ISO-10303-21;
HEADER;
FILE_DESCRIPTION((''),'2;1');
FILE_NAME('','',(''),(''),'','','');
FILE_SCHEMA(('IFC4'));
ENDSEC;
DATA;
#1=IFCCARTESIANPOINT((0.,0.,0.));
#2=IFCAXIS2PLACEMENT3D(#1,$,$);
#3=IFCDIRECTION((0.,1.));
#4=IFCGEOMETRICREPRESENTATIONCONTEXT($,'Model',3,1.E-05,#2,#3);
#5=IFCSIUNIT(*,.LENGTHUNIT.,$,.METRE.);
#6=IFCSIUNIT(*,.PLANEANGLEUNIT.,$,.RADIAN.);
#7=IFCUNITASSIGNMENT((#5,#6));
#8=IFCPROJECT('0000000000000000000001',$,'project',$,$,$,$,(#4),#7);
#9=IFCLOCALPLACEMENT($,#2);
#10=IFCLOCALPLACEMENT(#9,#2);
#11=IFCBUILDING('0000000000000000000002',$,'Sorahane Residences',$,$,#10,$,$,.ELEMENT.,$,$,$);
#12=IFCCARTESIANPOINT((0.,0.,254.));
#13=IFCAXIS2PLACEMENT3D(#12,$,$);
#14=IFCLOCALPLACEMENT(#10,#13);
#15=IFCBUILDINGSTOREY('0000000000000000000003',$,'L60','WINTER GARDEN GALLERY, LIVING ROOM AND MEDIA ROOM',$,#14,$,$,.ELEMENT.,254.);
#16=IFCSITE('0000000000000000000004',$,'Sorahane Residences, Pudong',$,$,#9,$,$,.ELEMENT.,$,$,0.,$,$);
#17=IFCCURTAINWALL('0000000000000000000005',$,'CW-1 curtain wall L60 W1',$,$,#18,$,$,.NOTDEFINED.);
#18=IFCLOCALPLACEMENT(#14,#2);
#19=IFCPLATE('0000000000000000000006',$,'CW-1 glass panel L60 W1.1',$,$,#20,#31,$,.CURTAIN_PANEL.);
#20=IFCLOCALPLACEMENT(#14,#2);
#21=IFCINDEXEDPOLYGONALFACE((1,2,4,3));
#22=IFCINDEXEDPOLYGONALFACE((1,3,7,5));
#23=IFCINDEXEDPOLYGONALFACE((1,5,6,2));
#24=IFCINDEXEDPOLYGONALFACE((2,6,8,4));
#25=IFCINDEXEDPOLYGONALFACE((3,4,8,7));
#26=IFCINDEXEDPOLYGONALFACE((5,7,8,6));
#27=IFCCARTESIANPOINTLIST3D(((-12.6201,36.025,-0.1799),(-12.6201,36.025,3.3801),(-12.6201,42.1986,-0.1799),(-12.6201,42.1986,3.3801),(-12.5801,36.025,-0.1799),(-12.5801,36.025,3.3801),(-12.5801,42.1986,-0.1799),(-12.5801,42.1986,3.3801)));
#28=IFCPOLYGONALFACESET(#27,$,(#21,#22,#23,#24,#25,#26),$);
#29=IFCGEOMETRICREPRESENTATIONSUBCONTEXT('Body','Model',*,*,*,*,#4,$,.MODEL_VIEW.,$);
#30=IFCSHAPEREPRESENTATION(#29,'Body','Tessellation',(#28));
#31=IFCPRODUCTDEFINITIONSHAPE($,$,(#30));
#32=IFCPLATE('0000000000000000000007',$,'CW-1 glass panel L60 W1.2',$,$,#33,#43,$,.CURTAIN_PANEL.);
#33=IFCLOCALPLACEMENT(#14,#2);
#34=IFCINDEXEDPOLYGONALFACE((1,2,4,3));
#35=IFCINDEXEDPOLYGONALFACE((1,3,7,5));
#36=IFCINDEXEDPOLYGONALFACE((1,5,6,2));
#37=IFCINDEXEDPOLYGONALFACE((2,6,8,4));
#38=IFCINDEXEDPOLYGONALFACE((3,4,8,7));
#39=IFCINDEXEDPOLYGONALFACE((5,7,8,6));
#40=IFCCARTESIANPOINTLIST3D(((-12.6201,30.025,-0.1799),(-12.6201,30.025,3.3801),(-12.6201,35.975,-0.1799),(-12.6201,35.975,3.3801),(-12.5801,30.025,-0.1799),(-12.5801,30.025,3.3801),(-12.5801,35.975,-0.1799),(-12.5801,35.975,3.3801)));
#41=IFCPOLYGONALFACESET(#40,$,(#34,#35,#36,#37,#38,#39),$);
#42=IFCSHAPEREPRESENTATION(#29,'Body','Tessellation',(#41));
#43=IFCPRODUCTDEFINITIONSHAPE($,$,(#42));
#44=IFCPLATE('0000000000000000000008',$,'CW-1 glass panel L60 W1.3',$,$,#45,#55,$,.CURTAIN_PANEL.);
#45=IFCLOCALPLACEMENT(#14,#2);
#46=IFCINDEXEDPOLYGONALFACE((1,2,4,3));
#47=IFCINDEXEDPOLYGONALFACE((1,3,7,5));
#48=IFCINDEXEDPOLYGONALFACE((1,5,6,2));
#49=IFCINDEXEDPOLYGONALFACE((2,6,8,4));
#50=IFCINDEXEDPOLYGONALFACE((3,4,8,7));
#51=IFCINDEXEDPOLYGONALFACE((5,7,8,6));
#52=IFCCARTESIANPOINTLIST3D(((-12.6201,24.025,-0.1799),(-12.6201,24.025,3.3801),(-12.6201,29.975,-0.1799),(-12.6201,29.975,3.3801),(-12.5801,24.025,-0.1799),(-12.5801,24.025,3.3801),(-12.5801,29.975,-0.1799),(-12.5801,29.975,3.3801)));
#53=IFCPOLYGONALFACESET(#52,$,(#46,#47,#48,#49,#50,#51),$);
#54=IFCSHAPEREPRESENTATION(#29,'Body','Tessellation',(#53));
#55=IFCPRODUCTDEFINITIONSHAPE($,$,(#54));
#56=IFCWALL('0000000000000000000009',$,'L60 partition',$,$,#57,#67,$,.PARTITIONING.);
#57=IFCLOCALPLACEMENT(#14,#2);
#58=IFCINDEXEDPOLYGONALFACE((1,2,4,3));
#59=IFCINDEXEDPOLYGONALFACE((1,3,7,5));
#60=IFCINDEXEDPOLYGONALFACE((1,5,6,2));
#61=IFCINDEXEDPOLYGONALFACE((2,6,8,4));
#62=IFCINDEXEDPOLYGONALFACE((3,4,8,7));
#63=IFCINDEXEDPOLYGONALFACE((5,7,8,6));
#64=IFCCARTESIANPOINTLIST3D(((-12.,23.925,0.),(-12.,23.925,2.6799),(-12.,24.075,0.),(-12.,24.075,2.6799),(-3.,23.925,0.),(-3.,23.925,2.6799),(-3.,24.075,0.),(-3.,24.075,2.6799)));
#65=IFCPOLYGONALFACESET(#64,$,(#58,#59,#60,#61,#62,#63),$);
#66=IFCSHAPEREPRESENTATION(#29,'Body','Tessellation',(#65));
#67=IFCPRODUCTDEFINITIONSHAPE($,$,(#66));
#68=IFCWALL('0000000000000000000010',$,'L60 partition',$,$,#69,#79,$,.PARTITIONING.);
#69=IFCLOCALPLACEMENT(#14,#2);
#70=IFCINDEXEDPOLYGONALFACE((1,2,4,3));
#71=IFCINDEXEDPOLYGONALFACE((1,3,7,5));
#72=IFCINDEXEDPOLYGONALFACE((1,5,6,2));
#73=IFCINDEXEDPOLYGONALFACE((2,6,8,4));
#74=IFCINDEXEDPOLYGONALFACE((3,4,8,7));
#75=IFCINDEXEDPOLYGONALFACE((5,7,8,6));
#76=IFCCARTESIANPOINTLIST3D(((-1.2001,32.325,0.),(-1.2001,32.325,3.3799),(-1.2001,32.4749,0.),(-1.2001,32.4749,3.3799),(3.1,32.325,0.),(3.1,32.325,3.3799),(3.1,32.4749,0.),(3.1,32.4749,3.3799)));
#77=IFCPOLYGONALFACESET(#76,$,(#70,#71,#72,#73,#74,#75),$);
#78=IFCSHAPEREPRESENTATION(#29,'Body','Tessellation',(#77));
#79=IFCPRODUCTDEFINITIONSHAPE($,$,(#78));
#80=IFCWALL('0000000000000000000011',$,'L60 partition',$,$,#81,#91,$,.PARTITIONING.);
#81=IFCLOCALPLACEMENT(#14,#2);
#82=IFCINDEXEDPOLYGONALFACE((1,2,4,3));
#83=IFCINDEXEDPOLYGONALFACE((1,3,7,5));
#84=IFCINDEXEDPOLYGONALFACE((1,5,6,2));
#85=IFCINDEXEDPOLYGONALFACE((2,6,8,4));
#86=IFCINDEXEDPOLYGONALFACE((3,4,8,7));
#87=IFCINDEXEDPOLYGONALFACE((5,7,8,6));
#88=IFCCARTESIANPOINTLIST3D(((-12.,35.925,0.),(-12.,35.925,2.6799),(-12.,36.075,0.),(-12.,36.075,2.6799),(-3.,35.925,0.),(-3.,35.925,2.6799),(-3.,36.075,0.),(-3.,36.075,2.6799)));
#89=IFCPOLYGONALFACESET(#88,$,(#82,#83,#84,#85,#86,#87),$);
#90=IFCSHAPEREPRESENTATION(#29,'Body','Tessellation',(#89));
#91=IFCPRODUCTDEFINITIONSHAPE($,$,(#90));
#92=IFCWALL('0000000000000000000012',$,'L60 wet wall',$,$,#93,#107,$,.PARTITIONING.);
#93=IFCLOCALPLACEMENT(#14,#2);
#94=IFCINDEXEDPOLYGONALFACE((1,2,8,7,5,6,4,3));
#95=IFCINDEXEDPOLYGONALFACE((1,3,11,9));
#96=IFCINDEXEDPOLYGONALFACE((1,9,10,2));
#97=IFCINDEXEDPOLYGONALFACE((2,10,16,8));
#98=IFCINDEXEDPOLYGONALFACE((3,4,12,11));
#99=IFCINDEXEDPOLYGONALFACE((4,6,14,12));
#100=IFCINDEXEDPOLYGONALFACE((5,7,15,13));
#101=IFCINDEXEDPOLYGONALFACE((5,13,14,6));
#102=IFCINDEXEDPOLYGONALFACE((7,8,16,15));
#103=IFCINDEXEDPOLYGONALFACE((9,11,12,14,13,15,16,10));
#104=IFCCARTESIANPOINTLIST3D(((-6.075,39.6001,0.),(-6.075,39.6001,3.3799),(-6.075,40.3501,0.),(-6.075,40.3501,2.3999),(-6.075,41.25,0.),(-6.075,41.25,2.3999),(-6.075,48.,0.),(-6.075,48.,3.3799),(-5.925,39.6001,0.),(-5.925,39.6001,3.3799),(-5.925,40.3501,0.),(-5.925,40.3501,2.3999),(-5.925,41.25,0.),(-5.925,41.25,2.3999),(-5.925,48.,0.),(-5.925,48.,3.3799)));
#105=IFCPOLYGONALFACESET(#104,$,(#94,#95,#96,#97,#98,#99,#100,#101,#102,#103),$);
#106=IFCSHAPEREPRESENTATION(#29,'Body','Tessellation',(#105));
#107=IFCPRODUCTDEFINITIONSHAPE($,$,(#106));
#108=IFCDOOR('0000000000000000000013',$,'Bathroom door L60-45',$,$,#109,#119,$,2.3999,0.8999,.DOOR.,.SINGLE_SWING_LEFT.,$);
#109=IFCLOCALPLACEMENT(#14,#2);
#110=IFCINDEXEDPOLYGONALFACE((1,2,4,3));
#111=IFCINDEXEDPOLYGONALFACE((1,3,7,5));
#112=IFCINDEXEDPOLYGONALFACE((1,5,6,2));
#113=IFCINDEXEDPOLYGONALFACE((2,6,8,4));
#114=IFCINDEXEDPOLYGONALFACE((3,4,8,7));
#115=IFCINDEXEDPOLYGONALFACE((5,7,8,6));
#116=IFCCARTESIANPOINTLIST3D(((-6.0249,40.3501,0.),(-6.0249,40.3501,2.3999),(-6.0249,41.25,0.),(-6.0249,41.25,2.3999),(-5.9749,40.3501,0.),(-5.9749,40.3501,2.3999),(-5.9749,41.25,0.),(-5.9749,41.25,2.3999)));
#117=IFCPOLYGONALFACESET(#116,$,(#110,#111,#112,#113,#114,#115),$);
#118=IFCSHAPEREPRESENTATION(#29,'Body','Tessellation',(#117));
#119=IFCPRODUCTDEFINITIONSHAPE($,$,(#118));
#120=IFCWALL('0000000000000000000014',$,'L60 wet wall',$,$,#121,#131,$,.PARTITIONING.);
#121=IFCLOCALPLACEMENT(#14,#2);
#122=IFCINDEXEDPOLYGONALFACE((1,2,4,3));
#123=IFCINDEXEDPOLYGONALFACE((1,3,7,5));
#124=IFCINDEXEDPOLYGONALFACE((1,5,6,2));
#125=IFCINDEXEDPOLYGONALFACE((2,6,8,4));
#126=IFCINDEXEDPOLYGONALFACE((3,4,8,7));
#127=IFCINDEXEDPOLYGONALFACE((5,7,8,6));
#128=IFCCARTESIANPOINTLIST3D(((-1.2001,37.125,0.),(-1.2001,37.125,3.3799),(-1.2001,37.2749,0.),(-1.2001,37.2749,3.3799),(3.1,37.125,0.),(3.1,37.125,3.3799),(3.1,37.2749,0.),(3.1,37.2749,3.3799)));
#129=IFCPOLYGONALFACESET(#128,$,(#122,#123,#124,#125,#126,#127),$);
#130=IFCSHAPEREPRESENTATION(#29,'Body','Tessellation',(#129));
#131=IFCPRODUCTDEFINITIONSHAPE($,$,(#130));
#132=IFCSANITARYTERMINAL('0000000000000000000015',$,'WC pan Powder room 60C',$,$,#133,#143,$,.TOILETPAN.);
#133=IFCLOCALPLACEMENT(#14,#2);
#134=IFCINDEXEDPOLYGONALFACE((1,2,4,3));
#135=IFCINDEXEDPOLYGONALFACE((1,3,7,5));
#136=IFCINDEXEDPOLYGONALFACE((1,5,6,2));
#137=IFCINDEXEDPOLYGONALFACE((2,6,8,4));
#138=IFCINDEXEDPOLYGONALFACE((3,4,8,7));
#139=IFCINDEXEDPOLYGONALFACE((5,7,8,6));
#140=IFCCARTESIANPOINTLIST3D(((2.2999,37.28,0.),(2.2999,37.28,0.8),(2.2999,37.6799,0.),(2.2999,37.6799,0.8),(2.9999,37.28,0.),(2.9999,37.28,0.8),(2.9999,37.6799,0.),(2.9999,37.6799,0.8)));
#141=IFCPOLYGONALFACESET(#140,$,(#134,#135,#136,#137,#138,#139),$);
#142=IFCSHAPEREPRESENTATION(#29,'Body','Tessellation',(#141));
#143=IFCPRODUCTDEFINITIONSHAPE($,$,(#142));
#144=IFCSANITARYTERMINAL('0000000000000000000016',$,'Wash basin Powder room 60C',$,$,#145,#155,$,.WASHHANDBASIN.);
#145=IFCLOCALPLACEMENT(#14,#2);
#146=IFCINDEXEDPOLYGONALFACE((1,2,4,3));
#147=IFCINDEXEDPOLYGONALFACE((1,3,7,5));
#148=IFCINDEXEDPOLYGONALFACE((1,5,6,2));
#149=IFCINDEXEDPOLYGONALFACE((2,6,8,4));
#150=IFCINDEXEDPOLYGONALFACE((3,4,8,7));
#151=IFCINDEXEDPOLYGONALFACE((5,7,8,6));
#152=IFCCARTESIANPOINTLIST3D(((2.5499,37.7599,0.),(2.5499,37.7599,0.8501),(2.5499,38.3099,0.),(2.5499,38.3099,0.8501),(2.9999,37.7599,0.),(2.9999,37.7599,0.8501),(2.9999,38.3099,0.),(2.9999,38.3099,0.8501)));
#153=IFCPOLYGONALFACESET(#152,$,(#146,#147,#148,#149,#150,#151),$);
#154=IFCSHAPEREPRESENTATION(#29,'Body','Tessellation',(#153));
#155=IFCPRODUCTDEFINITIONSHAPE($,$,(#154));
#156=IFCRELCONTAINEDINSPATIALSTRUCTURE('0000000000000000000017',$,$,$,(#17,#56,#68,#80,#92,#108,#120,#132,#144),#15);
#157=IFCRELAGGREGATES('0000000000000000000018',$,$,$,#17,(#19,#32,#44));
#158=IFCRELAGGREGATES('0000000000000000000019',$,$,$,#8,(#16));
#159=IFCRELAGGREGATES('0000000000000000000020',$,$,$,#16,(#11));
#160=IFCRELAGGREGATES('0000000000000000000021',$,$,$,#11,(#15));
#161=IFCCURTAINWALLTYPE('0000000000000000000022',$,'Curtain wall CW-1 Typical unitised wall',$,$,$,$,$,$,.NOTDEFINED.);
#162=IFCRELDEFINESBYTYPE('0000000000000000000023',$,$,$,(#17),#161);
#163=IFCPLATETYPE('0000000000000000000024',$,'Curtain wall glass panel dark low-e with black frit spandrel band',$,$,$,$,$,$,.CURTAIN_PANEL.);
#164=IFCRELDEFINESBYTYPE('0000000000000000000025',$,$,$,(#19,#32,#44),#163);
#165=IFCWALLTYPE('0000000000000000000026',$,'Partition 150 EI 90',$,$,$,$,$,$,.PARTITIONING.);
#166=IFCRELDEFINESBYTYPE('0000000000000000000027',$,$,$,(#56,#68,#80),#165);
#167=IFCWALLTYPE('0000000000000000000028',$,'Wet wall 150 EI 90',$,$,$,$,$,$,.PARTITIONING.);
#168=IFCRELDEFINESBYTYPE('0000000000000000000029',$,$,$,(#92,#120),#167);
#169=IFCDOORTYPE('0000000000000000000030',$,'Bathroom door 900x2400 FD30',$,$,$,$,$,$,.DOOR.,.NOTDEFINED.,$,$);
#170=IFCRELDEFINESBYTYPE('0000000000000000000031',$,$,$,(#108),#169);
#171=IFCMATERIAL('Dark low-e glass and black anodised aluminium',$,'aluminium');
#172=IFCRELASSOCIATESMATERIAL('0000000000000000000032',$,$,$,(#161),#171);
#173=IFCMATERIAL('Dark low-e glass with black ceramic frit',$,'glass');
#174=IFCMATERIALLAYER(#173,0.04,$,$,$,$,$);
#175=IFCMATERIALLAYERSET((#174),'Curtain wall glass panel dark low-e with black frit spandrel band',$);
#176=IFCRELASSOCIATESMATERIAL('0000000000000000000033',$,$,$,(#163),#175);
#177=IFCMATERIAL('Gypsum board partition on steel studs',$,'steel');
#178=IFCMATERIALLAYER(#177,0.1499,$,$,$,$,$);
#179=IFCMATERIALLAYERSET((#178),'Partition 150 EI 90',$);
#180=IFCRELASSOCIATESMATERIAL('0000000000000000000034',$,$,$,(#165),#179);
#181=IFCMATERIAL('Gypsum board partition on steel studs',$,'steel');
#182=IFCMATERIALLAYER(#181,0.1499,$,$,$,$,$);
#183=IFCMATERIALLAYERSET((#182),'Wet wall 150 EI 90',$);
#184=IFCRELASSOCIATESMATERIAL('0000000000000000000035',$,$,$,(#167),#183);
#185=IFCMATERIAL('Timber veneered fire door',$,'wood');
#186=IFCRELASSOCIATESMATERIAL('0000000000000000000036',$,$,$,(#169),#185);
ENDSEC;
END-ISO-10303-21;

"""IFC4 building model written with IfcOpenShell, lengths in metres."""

from ifc_helpers import new_model, si_unit, direction, frame, frame_2d, origin, origin_2d, place, context, subcontext, project, spatial, rectangle, extrude, material, layer, layer_set, type_object, element, fill, aggregate, save


model = new_model("IFC4")

# Units and contexts
model_context = context("Model", 3, precision=1e-05, world=origin(), true_north=direction((0.0, 1.0)))
body_context = subcontext(model_context, "Body", "Model", "MODEL_VIEW")
ifc_project = project(units=[si_unit("LENGTHUNIT", "METRE"), si_unit("PLANEANGLEUNIT", "RADIAN")], contexts=[model_context])

# Site, building, storey
site_placement = place(None, origin())
site = spatial("IfcSite", under=ifc_project, at=site_placement, Name="Sorahane Residences, Pudong", CompositionType="ELEMENT", RefElevation=0.0)
building_placement = place(site_placement, origin())
building = spatial("IfcBuilding", under=site, at=building_placement, Name="Sorahane Residences", CompositionType="ELEMENT")
storey_placement = place(building_placement, frame((0.0, 0.0, 254.0)))
storey = spatial("IfcBuildingStorey", under=building, at=storey_placement, Name="L60", Description="WINTER GARDEN GALLERY, LIVING ROOM AND MEDIA ROOM", CompositionType="ELEMENT", Elevation=254.0)

# Curtain wall
ifc_material_1 = material(Name="Dark low-e glass and black anodised aluminium", Category="aluminium")
curtain_wall_type = type_object("IfcCurtainWallType", Name="Curtain wall CW-1 Typical unitised wall", PredefinedType="NOTDEFINED", material=ifc_material_1)
curtain_wall_placement = place(storey_placement, origin())
curtain_wall = element("IfcCurtainWall", 1, at=curtain_wall_placement, inside=storey, type_object=curtain_wall_type, Name="CW-1 curtain wall L60 W1", PredefinedType="NOTDEFINED")

# Plates
ifc_material_2 = material(Name="Dark low-e glass with black ceramic frit", Category="glass")
ifc_layer_1 = layer(ifc_material_2, 0.04)
ifc_layer_set_1 = layer_set([ifc_layer_1], Name="Curtain wall glass panel dark low-e with black frit spandrel band")
plate_type = type_object("IfcPlateType", Name="Curtain wall glass panel dark low-e with black frit spandrel band", PredefinedType="CURTAIN_PANEL", material=ifc_layer_set_1)
plate_1_placement = place(storey_placement, frame((-12.6001, 39.1118, -0.1799), z_axis=(0.0, 0.0, 1.0), x_axis=(0.0, -1.0, 0.0)))
plate_1 = element("IfcPlate", 2, at=plate_1_placement, type_object=plate_type, Name="CW-1 glass panel L60 W1.1", PredefinedType="CURTAIN_PANEL", context=body_context, shape_type="SweptSolid", body=[
    extrude(rectangle(XDim=6.1736, YDim=0.04, at=origin_2d()), origin(), (0.0, 0.0, 1.0), 3.5601),
])
plate_2_placement = place(storey_placement, frame((-12.6001, 33.0, -0.1799), z_axis=(0.0, 0.0, 1.0), x_axis=(0.0, -1.0, 0.0)))
plate_2 = element("IfcPlate", 3, at=plate_2_placement, type_object=plate_type, Name="CW-1 glass panel L60 W1.2", PredefinedType="CURTAIN_PANEL", context=body_context, shape_type="SweptSolid", body=[
    extrude(rectangle(XDim=5.95, YDim=0.04, at=origin_2d()), origin(), (0.0, 0.0, 1.0), 3.5601),
])
plate_3_placement = place(storey_placement, frame((-12.6001, 27.0, -0.1799), z_axis=(0.0, 0.0, 1.0), x_axis=(0.0, -1.0, 0.0)))
plate_3 = element("IfcPlate", 4, at=plate_3_placement, type_object=plate_type, Name="CW-1 glass panel L60 W1.3", PredefinedType="CURTAIN_PANEL", context=body_context, shape_type="SweptSolid", body=[
    extrude(rectangle(XDim=5.95, YDim=0.04, at=origin_2d()), origin(), (0.0, 0.0, 1.0), 3.5601),
])
aggregate(curtain_wall, [plate_1, plate_2, plate_3])

# Walls
ifc_material_3 = material(Name="Gypsum board partition on steel studs", Category="steel")
ifc_layer_2 = layer(ifc_material_3, 0.1499)
ifc_layer_set_2 = layer_set([ifc_layer_2], Name="Partition 150 EI 90")
wall_type_1 = type_object("IfcWallType", Name="Partition 150 EI 90", PredefinedType="PARTITIONING", material=ifc_layer_set_2)
wall_1_placement = place(storey_placement, frame((-12.0, 24.0, 0.0), z_axis=(0.0, 0.0, 1.0), x_axis=(1.0, 0.0, 0.0)))
element("IfcWall", 5, at=wall_1_placement, inside=storey, type_object=wall_type_1, Name="L60 partition", PredefinedType="PARTITIONING", context=body_context, shape_type="SweptSolid", body=[
    extrude(rectangle(XDim=9.0, YDim=0.1499, at=frame_2d((4.5, 0.0))), origin(), (0.0, 0.0, 1.0), 2.6799),
])
wall_2_placement = place(storey_placement, frame((-1.2, 32.3999, 0.0), z_axis=(0.0, 0.0, 1.0), x_axis=(1.0, 0.0, 0.0)))
element("IfcWall", 6, at=wall_2_placement, inside=storey, type_object=wall_type_1, Name="L60 partition", PredefinedType="PARTITIONING", context=body_context, shape_type="SweptSolid", body=[
    extrude(rectangle(XDim=4.3, YDim=0.1499, at=frame_2d((2.1499, 0.0))), origin(), (0.0, 0.0, 1.0), 3.3799),
])
wall_3_placement = place(storey_placement, frame((-12.0, 36.0, 0.0), z_axis=(0.0, 0.0, 1.0), x_axis=(1.0, 0.0, 0.0)))
element("IfcWall", 7, at=wall_3_placement, inside=storey, type_object=wall_type_1, Name="L60 partition", PredefinedType="PARTITIONING", context=body_context, shape_type="SweptSolid", body=[
    extrude(rectangle(XDim=9.0, YDim=0.1499, at=frame_2d((4.5, 0.0))), origin(), (0.0, 0.0, 1.0), 2.6799),
])

# Wall, opening, door
ifc_material_4 = material(Name="Gypsum board partition on steel studs", Category="steel")
ifc_layer_3 = layer(ifc_material_4, 0.1499)
ifc_layer_set_3 = layer_set([ifc_layer_3], Name="Wet wall 150 EI 90")
wall_type_2 = type_object("IfcWallType", Name="Wet wall 150 EI 90", PredefinedType="PARTITIONING", material=ifc_layer_set_3)
ifc_material_5 = material(Name="Timber veneered fire door", Category="wood")
door_type = type_object("IfcDoorType", Name="Bathroom door 900x2400 FD30", OperationType="NOTDEFINED", PredefinedType="DOOR", material=ifc_material_5)
wall_4_placement = place(storey_placement, frame((-6.0, 39.6001, 0.0), z_axis=(0.0, 0.0, 1.0), x_axis=(0.0, 1.0, 0.0)))
wall_4 = element("IfcWall", 8, at=wall_4_placement, inside=storey, type_object=wall_type_2, Name="L60 wet wall", PredefinedType="PARTITIONING", context=body_context, shape_type="SweptSolid", body=[
    extrude(rectangle(XDim=8.3999, YDim=0.1499, at=frame_2d((4.2, 0.0))), origin(), (0.0, 0.0, 1.0), 3.3799),
])
opening_1_placement = place(wall_4_placement, frame((0.75, 0.0, 0.0)))
opening_1 = element("IfcOpeningElement", 9, at=opening_1_placement, cuts=wall_4, PredefinedType="OPENING", context=body_context, shape_type="SweptSolid", body=[
    extrude(rectangle(XDim=0.8999, YDim=2.3999, at=frame_2d((0.45, 1.2))), frame((0.0, 0.085, 0.0), z_axis=(0.0, -1.0, 0.0), x_axis=(1.0, 0.0, 0.0)), (0.0, 0.0, 1.0), 0.1699),
])
door_1_placement = place(opening_1_placement, origin())
door_1 = element("IfcDoor", 10, at=door_1_placement, inside=storey, type_object=door_type, Name="Bathroom door L60-45", OperationType="SINGLE_SWING_LEFT", OverallHeight=2.3999, OverallWidth=0.8999, PredefinedType="DOOR", context=body_context, shape_type="SweptSolid", body=[
    extrude(rectangle(XDim=0.8999, YDim=2.3999, at=frame_2d((0.45, 1.2))), frame((0.0, 0.0249, 0.0), z_axis=(0.0, -1.0, 0.0), x_axis=(1.0, 0.0, 0.0)), (0.0, 0.0, 1.0), 0.05),
])
fill(opening_1, door_1)

# Wall
wall_5_placement = place(storey_placement, frame((-1.2, 37.2, 0.0), z_axis=(0.0, 0.0, 1.0), x_axis=(1.0, 0.0, 0.0)))
element("IfcWall", 11, at=wall_5_placement, inside=storey, type_object=wall_type_2, Name="L60 wet wall", PredefinedType="PARTITIONING", context=body_context, shape_type="SweptSolid", body=[
    extrude(rectangle(XDim=4.3, YDim=0.1499, at=frame_2d((2.1499, 0.0))), origin(), (0.0, 0.0, 1.0), 3.3799),
])

# Sanitary terminals
sanitary_terminal_1_placement = place(storey_placement, frame((2.6499, 37.48, 0.0), z_axis=(0.0, 0.0, 1.0), x_axis=(0.0, -1.0, 0.0)))
element("IfcSanitaryTerminal", 12, at=sanitary_terminal_1_placement, inside=storey, Name="WC pan Powder room 60C", PredefinedType="TOILETPAN", context=body_context, shape_type="SweptSolid", body=[
    extrude(rectangle(XDim=0.3999, YDim=0.7, at=origin_2d()), origin(), (0.0, 0.0, 1.0), 0.8),
])
sanitary_terminal_2_placement = place(storey_placement, frame((2.7749, 38.0349, 0.0), z_axis=(0.0, 0.0, 1.0), x_axis=(0.0, -1.0, 0.0)))
element("IfcSanitaryTerminal", 13, at=sanitary_terminal_2_placement, inside=storey, Name="Wash basin Powder room 60C", PredefinedType="WASHHANDBASIN", context=body_context, shape_type="SweptSolid", body=[
    extrude(rectangle(XDim=0.55, YDim=0.45, at=origin_2d()), origin(), (0.0, 0.0, 1.0), 0.8501),
])

save(model, "model.ifc")
